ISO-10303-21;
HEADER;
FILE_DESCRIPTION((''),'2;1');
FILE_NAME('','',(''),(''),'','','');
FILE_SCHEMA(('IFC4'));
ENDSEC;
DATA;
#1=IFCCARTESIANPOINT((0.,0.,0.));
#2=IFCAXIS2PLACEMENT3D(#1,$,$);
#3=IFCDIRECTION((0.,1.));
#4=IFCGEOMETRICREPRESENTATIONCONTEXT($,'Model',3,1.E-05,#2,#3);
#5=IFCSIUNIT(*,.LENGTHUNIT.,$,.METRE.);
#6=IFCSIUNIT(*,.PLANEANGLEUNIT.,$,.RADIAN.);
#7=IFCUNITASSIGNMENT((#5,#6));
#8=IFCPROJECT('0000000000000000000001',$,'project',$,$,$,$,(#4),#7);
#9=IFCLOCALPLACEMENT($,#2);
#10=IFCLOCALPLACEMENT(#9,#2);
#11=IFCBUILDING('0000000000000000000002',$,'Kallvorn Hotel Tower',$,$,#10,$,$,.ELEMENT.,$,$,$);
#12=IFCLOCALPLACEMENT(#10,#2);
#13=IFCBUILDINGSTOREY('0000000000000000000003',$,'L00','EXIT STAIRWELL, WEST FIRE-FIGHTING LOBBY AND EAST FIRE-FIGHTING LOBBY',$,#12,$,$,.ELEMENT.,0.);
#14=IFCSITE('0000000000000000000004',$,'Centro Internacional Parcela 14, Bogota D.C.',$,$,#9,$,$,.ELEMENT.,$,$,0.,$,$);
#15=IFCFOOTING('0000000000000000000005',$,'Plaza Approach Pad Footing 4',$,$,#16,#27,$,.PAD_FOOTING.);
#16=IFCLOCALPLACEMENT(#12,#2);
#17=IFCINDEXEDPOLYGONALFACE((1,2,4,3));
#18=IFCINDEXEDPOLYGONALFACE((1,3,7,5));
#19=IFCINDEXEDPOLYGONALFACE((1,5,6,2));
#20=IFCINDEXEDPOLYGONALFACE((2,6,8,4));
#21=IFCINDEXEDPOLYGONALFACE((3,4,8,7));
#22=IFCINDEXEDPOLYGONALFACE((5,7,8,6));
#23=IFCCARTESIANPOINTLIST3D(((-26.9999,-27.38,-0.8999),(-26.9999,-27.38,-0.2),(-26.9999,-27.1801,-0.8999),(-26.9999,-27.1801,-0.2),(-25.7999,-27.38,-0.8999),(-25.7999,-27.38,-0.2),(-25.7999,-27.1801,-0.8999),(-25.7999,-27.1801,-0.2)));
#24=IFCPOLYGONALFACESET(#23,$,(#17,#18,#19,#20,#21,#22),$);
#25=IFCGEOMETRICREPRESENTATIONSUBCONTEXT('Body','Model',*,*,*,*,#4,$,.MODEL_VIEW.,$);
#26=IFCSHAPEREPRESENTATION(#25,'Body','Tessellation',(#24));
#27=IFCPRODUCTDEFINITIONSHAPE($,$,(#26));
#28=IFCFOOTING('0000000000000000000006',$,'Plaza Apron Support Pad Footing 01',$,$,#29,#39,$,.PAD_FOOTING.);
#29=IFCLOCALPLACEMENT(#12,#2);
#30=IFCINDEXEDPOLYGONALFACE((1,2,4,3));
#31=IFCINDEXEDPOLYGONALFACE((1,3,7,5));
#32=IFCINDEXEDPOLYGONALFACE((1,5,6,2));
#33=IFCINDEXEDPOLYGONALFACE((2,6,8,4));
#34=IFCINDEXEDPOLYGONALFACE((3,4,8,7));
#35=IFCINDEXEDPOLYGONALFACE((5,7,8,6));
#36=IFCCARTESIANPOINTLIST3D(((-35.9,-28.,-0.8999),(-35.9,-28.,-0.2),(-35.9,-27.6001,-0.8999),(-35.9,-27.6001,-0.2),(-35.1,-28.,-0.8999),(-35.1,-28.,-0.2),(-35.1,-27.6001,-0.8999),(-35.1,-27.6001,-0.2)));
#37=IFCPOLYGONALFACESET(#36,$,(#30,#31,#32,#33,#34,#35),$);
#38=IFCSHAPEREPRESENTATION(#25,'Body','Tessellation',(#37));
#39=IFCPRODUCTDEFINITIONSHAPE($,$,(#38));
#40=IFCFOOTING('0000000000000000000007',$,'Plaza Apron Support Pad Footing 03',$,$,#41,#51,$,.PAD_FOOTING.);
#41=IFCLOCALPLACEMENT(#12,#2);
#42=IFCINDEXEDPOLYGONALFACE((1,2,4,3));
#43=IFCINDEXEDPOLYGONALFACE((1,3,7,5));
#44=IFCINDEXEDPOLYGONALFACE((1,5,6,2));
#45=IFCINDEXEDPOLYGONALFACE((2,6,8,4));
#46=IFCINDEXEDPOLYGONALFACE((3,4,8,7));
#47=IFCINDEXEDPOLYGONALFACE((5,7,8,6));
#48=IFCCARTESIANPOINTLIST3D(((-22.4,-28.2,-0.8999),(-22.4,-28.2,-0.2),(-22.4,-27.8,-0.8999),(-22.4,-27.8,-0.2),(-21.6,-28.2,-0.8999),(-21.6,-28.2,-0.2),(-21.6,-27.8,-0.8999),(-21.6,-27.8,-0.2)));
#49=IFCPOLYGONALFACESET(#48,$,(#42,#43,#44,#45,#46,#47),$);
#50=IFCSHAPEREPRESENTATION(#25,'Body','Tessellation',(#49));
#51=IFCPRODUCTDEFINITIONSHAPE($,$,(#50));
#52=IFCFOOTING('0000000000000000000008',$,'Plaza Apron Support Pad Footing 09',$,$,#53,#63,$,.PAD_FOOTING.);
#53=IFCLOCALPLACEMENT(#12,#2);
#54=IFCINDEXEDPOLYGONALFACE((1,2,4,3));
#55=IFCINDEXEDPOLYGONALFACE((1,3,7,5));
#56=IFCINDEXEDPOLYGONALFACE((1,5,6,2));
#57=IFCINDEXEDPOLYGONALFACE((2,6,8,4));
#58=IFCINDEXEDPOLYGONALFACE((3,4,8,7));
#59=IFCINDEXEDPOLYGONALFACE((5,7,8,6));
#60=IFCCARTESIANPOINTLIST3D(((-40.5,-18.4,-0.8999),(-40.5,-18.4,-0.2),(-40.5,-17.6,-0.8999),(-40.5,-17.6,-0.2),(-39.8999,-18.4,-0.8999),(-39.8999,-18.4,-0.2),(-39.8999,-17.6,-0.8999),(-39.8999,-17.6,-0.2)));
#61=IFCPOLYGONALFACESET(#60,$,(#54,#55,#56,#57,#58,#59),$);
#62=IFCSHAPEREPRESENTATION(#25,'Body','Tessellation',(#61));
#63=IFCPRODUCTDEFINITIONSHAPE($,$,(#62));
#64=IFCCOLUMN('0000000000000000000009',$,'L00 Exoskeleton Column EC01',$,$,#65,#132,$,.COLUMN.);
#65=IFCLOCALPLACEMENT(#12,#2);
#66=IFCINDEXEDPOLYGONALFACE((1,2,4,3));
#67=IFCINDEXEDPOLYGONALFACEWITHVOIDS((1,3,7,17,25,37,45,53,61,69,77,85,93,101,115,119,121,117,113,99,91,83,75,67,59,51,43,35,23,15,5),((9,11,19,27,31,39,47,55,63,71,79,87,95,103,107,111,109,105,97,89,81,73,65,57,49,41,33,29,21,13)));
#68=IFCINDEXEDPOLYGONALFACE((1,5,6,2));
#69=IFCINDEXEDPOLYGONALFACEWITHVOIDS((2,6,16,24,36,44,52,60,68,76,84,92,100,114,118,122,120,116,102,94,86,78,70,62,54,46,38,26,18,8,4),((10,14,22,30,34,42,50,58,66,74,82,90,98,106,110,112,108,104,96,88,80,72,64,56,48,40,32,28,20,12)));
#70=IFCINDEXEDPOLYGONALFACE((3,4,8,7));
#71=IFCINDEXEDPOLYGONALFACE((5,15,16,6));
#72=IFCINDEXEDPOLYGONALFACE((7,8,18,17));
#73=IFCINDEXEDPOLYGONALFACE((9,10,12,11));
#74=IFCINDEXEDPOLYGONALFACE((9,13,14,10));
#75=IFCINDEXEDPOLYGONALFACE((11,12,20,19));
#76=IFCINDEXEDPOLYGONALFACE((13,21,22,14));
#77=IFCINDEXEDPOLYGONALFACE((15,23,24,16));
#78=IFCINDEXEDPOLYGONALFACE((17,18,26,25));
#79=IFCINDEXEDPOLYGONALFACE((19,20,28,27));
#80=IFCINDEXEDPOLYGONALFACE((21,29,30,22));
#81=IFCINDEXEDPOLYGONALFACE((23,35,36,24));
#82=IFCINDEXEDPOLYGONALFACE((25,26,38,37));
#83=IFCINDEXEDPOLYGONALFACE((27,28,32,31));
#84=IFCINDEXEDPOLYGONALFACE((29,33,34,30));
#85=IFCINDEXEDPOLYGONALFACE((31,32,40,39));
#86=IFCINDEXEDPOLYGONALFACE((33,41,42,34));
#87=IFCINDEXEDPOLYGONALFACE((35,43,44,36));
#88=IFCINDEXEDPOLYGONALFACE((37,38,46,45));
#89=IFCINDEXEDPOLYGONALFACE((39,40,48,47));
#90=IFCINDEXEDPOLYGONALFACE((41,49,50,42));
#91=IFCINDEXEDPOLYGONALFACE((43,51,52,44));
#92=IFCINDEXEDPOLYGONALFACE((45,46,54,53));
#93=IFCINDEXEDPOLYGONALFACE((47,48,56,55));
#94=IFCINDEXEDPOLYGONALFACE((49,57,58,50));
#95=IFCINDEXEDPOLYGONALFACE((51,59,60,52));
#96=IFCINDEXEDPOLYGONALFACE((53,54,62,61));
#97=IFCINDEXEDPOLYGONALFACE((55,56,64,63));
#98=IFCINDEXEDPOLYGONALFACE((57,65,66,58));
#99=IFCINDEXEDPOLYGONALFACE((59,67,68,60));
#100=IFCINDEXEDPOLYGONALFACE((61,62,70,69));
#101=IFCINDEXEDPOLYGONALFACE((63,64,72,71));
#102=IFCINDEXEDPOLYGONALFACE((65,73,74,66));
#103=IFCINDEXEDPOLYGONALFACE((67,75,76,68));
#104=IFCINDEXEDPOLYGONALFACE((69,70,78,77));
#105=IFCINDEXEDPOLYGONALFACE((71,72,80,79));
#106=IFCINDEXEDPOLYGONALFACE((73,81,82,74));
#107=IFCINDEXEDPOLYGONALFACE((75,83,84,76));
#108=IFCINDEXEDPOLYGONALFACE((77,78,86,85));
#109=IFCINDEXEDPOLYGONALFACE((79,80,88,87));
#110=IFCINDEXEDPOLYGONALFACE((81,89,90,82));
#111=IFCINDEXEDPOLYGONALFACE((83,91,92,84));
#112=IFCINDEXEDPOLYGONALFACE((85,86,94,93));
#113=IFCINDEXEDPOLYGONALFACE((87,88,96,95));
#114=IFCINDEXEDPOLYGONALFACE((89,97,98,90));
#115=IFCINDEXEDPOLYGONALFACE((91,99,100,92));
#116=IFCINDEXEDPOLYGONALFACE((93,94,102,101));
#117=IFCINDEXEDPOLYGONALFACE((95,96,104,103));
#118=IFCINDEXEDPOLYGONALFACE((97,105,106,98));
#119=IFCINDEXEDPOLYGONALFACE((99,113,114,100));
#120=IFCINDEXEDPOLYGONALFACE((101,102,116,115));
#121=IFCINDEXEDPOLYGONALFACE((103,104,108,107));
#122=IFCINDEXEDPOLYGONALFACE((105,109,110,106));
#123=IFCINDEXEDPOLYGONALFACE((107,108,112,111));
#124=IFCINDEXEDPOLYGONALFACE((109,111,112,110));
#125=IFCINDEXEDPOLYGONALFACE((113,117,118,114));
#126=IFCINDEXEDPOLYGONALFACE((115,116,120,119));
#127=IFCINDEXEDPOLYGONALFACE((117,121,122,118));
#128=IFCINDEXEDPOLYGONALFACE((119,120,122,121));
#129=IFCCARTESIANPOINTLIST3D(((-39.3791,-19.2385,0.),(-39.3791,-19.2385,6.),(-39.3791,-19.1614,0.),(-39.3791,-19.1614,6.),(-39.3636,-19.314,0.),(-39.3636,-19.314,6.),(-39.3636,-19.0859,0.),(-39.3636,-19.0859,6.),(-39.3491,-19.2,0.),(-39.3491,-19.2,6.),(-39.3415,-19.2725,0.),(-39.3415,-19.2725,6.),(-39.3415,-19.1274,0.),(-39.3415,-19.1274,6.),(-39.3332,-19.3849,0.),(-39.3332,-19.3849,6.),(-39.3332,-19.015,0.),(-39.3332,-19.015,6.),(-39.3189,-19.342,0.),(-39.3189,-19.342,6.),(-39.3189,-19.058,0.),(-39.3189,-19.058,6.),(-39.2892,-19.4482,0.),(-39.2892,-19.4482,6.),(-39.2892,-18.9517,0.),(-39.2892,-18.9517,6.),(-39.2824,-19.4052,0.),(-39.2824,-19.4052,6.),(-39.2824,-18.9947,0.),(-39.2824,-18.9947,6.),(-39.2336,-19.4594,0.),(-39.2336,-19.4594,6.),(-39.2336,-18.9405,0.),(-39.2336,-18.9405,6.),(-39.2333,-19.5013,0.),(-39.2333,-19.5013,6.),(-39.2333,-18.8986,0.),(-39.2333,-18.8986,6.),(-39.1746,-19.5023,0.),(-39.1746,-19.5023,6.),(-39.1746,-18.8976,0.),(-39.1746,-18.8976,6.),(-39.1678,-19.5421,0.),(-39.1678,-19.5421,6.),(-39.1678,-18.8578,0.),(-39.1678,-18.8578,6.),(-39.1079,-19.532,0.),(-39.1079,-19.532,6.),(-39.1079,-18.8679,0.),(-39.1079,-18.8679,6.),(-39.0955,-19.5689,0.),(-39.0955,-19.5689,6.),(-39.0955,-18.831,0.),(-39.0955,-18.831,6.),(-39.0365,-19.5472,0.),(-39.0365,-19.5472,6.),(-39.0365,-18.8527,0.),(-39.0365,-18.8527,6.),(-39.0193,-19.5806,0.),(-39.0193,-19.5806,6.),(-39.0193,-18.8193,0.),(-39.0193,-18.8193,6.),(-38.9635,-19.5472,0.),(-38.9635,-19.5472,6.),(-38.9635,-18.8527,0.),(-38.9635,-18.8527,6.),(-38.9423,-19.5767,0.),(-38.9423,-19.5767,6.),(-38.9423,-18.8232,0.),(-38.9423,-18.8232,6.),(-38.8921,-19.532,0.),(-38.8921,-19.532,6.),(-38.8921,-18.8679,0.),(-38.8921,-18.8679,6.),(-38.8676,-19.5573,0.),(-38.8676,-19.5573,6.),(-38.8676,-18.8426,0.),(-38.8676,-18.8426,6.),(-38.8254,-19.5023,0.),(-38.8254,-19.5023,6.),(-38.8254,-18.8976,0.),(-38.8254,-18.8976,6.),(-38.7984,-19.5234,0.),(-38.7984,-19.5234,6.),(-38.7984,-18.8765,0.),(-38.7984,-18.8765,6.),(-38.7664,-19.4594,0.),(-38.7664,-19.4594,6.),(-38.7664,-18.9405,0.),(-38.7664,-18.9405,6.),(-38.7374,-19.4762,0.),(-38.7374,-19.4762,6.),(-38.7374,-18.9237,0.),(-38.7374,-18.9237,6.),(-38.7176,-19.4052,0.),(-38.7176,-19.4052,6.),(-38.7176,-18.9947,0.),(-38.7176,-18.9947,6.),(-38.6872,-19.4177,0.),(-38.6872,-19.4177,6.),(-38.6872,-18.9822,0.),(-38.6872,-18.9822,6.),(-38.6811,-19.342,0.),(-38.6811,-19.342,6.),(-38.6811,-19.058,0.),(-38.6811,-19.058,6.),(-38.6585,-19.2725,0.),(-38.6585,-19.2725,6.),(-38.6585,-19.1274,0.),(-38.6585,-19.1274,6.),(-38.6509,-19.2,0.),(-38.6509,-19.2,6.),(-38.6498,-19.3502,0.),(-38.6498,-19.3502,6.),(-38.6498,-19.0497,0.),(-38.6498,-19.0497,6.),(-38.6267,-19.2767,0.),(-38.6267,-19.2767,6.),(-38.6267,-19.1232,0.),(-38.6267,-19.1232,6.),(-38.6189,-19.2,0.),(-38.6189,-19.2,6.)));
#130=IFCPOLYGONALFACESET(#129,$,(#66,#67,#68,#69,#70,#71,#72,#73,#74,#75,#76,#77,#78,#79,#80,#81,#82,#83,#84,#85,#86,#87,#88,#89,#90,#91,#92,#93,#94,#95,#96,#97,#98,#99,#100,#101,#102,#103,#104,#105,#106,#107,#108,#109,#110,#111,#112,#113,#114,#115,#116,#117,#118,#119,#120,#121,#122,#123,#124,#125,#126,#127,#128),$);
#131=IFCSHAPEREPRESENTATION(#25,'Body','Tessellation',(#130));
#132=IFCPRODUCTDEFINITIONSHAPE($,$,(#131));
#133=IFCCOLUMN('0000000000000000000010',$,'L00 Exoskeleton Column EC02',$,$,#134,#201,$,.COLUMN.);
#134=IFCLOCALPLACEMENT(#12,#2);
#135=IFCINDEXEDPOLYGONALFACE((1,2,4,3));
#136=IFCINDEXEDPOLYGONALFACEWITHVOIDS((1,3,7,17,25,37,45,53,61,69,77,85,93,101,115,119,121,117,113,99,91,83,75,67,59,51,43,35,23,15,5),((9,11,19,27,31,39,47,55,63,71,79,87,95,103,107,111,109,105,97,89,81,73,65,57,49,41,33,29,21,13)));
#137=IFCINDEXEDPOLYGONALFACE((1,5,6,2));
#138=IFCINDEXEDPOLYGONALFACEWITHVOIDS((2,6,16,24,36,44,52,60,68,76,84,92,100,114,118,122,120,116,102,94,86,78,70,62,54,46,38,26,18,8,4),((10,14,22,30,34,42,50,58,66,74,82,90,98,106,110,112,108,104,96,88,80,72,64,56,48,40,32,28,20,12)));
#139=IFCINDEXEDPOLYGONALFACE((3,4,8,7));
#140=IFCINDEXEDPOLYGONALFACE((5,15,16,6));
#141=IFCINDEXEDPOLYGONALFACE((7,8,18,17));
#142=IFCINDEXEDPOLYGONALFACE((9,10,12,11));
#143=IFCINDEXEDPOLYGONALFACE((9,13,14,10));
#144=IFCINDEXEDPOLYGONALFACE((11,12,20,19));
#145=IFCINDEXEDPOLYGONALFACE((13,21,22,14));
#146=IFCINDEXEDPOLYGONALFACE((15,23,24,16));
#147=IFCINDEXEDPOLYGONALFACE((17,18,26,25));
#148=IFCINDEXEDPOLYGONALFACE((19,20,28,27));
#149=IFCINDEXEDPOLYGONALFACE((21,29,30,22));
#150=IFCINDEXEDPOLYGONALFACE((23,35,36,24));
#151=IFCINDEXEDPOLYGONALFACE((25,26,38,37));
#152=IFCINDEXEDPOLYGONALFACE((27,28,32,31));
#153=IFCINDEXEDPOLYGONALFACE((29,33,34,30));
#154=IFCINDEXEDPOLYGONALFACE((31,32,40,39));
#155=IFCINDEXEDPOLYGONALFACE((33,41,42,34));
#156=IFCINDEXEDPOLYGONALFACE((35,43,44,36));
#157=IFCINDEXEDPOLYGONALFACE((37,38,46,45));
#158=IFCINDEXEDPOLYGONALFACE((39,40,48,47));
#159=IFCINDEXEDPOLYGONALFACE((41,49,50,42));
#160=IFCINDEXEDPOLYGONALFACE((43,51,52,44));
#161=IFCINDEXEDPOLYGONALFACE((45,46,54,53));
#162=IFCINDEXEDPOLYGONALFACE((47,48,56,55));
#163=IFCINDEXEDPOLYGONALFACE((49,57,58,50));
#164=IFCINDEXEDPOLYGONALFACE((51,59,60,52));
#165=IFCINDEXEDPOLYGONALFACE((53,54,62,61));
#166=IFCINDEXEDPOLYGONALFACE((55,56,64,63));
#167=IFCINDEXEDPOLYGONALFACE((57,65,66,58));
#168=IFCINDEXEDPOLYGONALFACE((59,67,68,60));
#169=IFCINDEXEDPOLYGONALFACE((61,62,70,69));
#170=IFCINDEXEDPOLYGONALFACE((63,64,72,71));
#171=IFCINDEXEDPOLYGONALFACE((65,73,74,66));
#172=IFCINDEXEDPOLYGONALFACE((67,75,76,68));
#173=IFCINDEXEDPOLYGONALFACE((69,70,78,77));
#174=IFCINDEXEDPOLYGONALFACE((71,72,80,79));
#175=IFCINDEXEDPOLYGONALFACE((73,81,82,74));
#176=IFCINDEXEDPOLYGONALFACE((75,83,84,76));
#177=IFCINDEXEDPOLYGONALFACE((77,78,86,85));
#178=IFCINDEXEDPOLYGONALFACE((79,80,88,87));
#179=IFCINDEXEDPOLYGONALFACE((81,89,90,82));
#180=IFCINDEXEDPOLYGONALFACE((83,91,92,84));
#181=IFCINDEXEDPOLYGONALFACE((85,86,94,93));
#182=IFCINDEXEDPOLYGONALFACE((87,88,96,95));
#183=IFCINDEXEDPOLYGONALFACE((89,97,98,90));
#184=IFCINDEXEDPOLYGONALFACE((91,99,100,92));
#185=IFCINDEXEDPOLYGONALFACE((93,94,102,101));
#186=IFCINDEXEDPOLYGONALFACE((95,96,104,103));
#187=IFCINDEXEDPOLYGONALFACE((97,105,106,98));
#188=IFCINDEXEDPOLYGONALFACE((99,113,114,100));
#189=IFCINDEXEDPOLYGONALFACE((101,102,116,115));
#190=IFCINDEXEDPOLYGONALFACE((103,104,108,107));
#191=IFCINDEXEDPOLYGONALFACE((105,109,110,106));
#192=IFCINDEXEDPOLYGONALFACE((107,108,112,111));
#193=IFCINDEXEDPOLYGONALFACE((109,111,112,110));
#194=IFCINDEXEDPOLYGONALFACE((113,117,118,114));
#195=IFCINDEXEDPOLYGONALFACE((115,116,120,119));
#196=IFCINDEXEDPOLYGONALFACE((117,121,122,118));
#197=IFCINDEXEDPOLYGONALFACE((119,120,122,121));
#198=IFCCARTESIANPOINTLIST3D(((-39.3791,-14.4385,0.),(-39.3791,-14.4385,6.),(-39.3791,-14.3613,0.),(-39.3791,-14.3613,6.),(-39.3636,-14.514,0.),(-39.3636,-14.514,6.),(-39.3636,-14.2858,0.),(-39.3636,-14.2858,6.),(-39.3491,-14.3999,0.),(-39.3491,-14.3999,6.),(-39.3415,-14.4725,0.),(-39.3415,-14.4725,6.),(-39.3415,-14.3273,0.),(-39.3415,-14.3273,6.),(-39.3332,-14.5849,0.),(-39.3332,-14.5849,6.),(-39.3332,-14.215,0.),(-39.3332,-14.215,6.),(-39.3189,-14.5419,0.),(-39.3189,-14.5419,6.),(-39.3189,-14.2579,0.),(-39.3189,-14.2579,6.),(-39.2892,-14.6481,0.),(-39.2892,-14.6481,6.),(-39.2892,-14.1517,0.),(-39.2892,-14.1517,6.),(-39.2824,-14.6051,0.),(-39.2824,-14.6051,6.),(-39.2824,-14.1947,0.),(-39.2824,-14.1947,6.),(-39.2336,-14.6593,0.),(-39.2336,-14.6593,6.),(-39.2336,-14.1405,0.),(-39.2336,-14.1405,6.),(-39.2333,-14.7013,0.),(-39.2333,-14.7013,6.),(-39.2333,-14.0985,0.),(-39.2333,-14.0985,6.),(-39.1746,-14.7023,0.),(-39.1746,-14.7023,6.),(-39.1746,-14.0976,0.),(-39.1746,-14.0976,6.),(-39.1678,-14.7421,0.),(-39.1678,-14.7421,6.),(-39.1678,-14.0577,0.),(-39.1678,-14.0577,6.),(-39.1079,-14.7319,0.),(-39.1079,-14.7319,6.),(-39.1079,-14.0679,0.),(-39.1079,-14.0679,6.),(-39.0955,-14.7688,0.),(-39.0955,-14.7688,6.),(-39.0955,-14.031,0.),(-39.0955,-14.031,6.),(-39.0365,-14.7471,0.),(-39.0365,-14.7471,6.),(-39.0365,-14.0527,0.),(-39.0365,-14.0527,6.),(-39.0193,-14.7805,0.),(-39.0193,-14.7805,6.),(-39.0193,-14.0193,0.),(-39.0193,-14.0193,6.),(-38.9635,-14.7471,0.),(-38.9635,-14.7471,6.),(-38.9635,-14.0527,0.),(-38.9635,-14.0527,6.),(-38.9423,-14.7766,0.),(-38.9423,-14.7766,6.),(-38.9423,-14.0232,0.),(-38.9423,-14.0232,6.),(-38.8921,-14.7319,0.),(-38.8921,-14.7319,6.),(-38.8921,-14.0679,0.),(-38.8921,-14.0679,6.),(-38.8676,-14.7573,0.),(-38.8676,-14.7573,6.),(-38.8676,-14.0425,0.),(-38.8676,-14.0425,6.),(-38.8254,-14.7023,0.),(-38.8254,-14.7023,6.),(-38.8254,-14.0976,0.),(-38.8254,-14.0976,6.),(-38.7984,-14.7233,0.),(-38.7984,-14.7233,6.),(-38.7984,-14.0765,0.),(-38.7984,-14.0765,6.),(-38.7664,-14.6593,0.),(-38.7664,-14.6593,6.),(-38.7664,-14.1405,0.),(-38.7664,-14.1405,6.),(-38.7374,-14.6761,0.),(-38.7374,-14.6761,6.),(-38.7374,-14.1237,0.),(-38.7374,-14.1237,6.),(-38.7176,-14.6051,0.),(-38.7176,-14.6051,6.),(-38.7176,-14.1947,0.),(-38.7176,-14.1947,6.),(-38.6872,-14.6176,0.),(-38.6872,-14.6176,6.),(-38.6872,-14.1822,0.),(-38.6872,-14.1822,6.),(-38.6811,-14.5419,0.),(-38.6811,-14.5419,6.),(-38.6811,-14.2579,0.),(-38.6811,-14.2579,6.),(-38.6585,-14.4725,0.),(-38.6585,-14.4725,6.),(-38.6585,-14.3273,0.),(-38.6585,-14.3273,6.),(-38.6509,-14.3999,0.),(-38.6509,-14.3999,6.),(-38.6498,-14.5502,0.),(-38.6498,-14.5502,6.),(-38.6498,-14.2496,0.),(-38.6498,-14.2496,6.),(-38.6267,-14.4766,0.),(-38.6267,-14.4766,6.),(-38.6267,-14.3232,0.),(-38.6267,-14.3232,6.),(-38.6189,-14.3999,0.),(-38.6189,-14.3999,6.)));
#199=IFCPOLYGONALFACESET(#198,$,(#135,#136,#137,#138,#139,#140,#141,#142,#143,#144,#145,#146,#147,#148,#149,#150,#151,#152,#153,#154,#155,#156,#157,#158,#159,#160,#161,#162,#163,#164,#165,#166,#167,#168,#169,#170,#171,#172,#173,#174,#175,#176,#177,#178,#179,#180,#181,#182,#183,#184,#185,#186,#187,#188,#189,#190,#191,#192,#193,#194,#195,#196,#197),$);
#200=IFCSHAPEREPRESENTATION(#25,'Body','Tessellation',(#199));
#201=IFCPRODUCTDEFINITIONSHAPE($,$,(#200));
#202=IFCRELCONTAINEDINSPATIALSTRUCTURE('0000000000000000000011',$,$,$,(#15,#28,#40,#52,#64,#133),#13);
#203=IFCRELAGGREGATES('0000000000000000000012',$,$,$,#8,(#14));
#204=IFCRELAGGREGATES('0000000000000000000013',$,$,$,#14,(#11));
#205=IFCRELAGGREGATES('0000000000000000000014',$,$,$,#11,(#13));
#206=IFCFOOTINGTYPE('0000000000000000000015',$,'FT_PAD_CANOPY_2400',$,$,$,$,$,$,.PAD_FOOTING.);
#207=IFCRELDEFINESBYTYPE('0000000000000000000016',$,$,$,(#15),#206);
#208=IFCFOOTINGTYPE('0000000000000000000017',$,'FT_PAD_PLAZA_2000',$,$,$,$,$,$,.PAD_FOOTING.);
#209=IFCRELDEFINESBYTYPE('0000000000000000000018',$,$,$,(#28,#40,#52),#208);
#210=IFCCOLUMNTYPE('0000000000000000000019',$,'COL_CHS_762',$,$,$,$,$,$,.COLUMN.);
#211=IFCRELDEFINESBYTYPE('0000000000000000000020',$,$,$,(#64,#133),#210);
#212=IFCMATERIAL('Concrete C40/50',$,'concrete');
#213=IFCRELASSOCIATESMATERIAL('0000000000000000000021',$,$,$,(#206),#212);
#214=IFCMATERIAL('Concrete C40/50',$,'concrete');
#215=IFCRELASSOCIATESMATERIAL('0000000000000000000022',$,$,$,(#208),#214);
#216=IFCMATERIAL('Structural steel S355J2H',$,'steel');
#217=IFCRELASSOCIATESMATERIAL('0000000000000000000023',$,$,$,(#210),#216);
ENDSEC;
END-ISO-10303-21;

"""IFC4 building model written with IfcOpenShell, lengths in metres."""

from ifc_helpers import new_model, si_unit, direction, frame, origin, origin_2d, place, context, subcontext, project, spatial, rectangle, hollow_circle, extrude, material, material_profile, profile_set, type_object, element, save


model = new_model("IFC4")

# Units and contexts
model_context = context("Model", 3, precision=1e-05, world=origin(), true_north=direction((0.0, 1.0)))
body_context = subcontext(model_context, "Body", "Model", "MODEL_VIEW")
ifc_project = project(units=[si_unit("LENGTHUNIT", "METRE"), si_unit("PLANEANGLEUNIT", "RADIAN")], contexts=[model_context])

# Site, building, storey
site_placement = place(None, origin())
site = spatial("IfcSite", under=ifc_project, at=site_placement, Name="Centro Internacional Parcela 14, Bogota D.C.", CompositionType="ELEMENT", RefElevation=0.0)
building_placement = place(site_placement, origin())
building = spatial("IfcBuilding", under=site, at=building_placement, Name="Kallvorn Hotel Tower", CompositionType="ELEMENT")
storey_placement = place(building_placement, origin())
storey = spatial("IfcBuildingStorey", under=building, at=storey_placement, Name="L00", Description="EXIT STAIRWELL, WEST FIRE-FIGHTING LOBBY AND EAST FIRE-FIGHTING LOBBY", CompositionType="ELEMENT", Elevation=0.0)

# Footings
ifc_material_1 = material(Name="Concrete C40/50", Category="concrete")
footing_type_1 = type_object("IfcFootingType", Name="FT_PAD_CANOPY_2400", PredefinedType="PAD_FOOTING", material=ifc_material_1)
footing_1_placement = place(storey_placement, frame((-26.3999, -27.28, -0.8999), z_axis=(0.0, 0.0, 1.0), x_axis=(1.0, 0.0, 0.0)))
element("IfcFooting", 1, at=footing_1_placement, inside=storey, type_object=footing_type_1, Name="Plaza Approach Pad Footing 4", PredefinedType="PAD_FOOTING", context=body_context, shape_type="SweptSolid", body=[
    extrude(rectangle(XDim=1.2, YDim=0.2, at=origin_2d()), origin(), (0.0, 0.0, 1.0), 0.7),
])
ifc_material_2 = material(Name="Concrete C40/50", Category="concrete")
footing_type_2 = type_object("IfcFootingType", Name="FT_PAD_PLAZA_2000", PredefinedType="PAD_FOOTING", material=ifc_material_2)
for number, where, z_axis, x_axis, name in (
    (2, (-35.5, -27.8, -0.8999), (0.0, 0.0, 1.0), (1.0, 0.0, 0.0), "Plaza Apron Support Pad Footing 01"),
    (3, (-22.0, -28.0, -0.8999), (0.0, 0.0, 1.0), (1.0, 0.0, 0.0), "Plaza Apron Support Pad Footing 03"),
):
    element("IfcFooting", number, at=place(storey_placement, frame(where, z_axis=z_axis, x_axis=x_axis)), inside=storey, type_object=footing_type_2, Name=name, PredefinedType="PAD_FOOTING", context=body_context, shape_type="SweptSolid", body=[
        extrude(rectangle(XDim=0.8, YDim=0.3999, at=origin_2d()), origin(), (0.0, 0.0, 1.0), 0.7),
    ])
footing_2_placement = place(storey_placement, frame((-40.2, -18.0, -0.8999), z_axis=(0.0, 0.0, 1.0), x_axis=(1.0, 0.0, 0.0)))
element("IfcFooting", 4, at=footing_2_placement, inside=storey, type_object=footing_type_2, Name="Plaza Apron Support Pad Footing 09", PredefinedType="PAD_FOOTING", context=body_context, shape_type="SweptSolid", body=[
    extrude(rectangle(XDim=0.6001, YDim=0.8, at=origin_2d()), origin(), (0.0, 0.0, 1.0), 0.7),
])

# Columns
ifc_material_3 = material(Name="Structural steel S355J2H", Category="steel")
ifc_material_profile_1 = material_profile(ifc_material_3, hollow_circle(Radius=0.3811, WallThickness=0.032, at=origin_2d()), Name="CHS 762x32")
ifc_profile_set_1 = profile_set([ifc_material_profile_1], Name="Structural steel S355J2H")
column_type_1 = type_object("IfcColumnType", Name="COL_CHS_762", PredefinedType="COLUMN", material=ifc_profile_set_1)
for number, where, z_axis, x_axis, name in (
    (5, (-39.0, -19.2, 0.0), (0.0, 0.0, 1.0), (1.0, 0.0, 0.0), "L00 Exoskeleton Column EC01"),
    (6, (-39.0, -14.3999, 0.0), (0.0, 0.0, 1.0), (1.0, 0.0, 0.0), "L00 Exoskeleton Column EC02"),
):
    element("IfcColumn", number, at=place(storey_placement, frame(where, z_axis=z_axis, x_axis=x_axis)), inside=storey, type_object=column_type_1, Name=name, PredefinedType="COLUMN", context=body_context, shape_type="SweptSolid", body=[
        extrude(hollow_circle(Radius=0.3811, WallThickness=0.032, at=origin_2d()), origin(), (0.0, 0.0, 1.0), 6.0),
    ])

save(model, "model.ifc")
